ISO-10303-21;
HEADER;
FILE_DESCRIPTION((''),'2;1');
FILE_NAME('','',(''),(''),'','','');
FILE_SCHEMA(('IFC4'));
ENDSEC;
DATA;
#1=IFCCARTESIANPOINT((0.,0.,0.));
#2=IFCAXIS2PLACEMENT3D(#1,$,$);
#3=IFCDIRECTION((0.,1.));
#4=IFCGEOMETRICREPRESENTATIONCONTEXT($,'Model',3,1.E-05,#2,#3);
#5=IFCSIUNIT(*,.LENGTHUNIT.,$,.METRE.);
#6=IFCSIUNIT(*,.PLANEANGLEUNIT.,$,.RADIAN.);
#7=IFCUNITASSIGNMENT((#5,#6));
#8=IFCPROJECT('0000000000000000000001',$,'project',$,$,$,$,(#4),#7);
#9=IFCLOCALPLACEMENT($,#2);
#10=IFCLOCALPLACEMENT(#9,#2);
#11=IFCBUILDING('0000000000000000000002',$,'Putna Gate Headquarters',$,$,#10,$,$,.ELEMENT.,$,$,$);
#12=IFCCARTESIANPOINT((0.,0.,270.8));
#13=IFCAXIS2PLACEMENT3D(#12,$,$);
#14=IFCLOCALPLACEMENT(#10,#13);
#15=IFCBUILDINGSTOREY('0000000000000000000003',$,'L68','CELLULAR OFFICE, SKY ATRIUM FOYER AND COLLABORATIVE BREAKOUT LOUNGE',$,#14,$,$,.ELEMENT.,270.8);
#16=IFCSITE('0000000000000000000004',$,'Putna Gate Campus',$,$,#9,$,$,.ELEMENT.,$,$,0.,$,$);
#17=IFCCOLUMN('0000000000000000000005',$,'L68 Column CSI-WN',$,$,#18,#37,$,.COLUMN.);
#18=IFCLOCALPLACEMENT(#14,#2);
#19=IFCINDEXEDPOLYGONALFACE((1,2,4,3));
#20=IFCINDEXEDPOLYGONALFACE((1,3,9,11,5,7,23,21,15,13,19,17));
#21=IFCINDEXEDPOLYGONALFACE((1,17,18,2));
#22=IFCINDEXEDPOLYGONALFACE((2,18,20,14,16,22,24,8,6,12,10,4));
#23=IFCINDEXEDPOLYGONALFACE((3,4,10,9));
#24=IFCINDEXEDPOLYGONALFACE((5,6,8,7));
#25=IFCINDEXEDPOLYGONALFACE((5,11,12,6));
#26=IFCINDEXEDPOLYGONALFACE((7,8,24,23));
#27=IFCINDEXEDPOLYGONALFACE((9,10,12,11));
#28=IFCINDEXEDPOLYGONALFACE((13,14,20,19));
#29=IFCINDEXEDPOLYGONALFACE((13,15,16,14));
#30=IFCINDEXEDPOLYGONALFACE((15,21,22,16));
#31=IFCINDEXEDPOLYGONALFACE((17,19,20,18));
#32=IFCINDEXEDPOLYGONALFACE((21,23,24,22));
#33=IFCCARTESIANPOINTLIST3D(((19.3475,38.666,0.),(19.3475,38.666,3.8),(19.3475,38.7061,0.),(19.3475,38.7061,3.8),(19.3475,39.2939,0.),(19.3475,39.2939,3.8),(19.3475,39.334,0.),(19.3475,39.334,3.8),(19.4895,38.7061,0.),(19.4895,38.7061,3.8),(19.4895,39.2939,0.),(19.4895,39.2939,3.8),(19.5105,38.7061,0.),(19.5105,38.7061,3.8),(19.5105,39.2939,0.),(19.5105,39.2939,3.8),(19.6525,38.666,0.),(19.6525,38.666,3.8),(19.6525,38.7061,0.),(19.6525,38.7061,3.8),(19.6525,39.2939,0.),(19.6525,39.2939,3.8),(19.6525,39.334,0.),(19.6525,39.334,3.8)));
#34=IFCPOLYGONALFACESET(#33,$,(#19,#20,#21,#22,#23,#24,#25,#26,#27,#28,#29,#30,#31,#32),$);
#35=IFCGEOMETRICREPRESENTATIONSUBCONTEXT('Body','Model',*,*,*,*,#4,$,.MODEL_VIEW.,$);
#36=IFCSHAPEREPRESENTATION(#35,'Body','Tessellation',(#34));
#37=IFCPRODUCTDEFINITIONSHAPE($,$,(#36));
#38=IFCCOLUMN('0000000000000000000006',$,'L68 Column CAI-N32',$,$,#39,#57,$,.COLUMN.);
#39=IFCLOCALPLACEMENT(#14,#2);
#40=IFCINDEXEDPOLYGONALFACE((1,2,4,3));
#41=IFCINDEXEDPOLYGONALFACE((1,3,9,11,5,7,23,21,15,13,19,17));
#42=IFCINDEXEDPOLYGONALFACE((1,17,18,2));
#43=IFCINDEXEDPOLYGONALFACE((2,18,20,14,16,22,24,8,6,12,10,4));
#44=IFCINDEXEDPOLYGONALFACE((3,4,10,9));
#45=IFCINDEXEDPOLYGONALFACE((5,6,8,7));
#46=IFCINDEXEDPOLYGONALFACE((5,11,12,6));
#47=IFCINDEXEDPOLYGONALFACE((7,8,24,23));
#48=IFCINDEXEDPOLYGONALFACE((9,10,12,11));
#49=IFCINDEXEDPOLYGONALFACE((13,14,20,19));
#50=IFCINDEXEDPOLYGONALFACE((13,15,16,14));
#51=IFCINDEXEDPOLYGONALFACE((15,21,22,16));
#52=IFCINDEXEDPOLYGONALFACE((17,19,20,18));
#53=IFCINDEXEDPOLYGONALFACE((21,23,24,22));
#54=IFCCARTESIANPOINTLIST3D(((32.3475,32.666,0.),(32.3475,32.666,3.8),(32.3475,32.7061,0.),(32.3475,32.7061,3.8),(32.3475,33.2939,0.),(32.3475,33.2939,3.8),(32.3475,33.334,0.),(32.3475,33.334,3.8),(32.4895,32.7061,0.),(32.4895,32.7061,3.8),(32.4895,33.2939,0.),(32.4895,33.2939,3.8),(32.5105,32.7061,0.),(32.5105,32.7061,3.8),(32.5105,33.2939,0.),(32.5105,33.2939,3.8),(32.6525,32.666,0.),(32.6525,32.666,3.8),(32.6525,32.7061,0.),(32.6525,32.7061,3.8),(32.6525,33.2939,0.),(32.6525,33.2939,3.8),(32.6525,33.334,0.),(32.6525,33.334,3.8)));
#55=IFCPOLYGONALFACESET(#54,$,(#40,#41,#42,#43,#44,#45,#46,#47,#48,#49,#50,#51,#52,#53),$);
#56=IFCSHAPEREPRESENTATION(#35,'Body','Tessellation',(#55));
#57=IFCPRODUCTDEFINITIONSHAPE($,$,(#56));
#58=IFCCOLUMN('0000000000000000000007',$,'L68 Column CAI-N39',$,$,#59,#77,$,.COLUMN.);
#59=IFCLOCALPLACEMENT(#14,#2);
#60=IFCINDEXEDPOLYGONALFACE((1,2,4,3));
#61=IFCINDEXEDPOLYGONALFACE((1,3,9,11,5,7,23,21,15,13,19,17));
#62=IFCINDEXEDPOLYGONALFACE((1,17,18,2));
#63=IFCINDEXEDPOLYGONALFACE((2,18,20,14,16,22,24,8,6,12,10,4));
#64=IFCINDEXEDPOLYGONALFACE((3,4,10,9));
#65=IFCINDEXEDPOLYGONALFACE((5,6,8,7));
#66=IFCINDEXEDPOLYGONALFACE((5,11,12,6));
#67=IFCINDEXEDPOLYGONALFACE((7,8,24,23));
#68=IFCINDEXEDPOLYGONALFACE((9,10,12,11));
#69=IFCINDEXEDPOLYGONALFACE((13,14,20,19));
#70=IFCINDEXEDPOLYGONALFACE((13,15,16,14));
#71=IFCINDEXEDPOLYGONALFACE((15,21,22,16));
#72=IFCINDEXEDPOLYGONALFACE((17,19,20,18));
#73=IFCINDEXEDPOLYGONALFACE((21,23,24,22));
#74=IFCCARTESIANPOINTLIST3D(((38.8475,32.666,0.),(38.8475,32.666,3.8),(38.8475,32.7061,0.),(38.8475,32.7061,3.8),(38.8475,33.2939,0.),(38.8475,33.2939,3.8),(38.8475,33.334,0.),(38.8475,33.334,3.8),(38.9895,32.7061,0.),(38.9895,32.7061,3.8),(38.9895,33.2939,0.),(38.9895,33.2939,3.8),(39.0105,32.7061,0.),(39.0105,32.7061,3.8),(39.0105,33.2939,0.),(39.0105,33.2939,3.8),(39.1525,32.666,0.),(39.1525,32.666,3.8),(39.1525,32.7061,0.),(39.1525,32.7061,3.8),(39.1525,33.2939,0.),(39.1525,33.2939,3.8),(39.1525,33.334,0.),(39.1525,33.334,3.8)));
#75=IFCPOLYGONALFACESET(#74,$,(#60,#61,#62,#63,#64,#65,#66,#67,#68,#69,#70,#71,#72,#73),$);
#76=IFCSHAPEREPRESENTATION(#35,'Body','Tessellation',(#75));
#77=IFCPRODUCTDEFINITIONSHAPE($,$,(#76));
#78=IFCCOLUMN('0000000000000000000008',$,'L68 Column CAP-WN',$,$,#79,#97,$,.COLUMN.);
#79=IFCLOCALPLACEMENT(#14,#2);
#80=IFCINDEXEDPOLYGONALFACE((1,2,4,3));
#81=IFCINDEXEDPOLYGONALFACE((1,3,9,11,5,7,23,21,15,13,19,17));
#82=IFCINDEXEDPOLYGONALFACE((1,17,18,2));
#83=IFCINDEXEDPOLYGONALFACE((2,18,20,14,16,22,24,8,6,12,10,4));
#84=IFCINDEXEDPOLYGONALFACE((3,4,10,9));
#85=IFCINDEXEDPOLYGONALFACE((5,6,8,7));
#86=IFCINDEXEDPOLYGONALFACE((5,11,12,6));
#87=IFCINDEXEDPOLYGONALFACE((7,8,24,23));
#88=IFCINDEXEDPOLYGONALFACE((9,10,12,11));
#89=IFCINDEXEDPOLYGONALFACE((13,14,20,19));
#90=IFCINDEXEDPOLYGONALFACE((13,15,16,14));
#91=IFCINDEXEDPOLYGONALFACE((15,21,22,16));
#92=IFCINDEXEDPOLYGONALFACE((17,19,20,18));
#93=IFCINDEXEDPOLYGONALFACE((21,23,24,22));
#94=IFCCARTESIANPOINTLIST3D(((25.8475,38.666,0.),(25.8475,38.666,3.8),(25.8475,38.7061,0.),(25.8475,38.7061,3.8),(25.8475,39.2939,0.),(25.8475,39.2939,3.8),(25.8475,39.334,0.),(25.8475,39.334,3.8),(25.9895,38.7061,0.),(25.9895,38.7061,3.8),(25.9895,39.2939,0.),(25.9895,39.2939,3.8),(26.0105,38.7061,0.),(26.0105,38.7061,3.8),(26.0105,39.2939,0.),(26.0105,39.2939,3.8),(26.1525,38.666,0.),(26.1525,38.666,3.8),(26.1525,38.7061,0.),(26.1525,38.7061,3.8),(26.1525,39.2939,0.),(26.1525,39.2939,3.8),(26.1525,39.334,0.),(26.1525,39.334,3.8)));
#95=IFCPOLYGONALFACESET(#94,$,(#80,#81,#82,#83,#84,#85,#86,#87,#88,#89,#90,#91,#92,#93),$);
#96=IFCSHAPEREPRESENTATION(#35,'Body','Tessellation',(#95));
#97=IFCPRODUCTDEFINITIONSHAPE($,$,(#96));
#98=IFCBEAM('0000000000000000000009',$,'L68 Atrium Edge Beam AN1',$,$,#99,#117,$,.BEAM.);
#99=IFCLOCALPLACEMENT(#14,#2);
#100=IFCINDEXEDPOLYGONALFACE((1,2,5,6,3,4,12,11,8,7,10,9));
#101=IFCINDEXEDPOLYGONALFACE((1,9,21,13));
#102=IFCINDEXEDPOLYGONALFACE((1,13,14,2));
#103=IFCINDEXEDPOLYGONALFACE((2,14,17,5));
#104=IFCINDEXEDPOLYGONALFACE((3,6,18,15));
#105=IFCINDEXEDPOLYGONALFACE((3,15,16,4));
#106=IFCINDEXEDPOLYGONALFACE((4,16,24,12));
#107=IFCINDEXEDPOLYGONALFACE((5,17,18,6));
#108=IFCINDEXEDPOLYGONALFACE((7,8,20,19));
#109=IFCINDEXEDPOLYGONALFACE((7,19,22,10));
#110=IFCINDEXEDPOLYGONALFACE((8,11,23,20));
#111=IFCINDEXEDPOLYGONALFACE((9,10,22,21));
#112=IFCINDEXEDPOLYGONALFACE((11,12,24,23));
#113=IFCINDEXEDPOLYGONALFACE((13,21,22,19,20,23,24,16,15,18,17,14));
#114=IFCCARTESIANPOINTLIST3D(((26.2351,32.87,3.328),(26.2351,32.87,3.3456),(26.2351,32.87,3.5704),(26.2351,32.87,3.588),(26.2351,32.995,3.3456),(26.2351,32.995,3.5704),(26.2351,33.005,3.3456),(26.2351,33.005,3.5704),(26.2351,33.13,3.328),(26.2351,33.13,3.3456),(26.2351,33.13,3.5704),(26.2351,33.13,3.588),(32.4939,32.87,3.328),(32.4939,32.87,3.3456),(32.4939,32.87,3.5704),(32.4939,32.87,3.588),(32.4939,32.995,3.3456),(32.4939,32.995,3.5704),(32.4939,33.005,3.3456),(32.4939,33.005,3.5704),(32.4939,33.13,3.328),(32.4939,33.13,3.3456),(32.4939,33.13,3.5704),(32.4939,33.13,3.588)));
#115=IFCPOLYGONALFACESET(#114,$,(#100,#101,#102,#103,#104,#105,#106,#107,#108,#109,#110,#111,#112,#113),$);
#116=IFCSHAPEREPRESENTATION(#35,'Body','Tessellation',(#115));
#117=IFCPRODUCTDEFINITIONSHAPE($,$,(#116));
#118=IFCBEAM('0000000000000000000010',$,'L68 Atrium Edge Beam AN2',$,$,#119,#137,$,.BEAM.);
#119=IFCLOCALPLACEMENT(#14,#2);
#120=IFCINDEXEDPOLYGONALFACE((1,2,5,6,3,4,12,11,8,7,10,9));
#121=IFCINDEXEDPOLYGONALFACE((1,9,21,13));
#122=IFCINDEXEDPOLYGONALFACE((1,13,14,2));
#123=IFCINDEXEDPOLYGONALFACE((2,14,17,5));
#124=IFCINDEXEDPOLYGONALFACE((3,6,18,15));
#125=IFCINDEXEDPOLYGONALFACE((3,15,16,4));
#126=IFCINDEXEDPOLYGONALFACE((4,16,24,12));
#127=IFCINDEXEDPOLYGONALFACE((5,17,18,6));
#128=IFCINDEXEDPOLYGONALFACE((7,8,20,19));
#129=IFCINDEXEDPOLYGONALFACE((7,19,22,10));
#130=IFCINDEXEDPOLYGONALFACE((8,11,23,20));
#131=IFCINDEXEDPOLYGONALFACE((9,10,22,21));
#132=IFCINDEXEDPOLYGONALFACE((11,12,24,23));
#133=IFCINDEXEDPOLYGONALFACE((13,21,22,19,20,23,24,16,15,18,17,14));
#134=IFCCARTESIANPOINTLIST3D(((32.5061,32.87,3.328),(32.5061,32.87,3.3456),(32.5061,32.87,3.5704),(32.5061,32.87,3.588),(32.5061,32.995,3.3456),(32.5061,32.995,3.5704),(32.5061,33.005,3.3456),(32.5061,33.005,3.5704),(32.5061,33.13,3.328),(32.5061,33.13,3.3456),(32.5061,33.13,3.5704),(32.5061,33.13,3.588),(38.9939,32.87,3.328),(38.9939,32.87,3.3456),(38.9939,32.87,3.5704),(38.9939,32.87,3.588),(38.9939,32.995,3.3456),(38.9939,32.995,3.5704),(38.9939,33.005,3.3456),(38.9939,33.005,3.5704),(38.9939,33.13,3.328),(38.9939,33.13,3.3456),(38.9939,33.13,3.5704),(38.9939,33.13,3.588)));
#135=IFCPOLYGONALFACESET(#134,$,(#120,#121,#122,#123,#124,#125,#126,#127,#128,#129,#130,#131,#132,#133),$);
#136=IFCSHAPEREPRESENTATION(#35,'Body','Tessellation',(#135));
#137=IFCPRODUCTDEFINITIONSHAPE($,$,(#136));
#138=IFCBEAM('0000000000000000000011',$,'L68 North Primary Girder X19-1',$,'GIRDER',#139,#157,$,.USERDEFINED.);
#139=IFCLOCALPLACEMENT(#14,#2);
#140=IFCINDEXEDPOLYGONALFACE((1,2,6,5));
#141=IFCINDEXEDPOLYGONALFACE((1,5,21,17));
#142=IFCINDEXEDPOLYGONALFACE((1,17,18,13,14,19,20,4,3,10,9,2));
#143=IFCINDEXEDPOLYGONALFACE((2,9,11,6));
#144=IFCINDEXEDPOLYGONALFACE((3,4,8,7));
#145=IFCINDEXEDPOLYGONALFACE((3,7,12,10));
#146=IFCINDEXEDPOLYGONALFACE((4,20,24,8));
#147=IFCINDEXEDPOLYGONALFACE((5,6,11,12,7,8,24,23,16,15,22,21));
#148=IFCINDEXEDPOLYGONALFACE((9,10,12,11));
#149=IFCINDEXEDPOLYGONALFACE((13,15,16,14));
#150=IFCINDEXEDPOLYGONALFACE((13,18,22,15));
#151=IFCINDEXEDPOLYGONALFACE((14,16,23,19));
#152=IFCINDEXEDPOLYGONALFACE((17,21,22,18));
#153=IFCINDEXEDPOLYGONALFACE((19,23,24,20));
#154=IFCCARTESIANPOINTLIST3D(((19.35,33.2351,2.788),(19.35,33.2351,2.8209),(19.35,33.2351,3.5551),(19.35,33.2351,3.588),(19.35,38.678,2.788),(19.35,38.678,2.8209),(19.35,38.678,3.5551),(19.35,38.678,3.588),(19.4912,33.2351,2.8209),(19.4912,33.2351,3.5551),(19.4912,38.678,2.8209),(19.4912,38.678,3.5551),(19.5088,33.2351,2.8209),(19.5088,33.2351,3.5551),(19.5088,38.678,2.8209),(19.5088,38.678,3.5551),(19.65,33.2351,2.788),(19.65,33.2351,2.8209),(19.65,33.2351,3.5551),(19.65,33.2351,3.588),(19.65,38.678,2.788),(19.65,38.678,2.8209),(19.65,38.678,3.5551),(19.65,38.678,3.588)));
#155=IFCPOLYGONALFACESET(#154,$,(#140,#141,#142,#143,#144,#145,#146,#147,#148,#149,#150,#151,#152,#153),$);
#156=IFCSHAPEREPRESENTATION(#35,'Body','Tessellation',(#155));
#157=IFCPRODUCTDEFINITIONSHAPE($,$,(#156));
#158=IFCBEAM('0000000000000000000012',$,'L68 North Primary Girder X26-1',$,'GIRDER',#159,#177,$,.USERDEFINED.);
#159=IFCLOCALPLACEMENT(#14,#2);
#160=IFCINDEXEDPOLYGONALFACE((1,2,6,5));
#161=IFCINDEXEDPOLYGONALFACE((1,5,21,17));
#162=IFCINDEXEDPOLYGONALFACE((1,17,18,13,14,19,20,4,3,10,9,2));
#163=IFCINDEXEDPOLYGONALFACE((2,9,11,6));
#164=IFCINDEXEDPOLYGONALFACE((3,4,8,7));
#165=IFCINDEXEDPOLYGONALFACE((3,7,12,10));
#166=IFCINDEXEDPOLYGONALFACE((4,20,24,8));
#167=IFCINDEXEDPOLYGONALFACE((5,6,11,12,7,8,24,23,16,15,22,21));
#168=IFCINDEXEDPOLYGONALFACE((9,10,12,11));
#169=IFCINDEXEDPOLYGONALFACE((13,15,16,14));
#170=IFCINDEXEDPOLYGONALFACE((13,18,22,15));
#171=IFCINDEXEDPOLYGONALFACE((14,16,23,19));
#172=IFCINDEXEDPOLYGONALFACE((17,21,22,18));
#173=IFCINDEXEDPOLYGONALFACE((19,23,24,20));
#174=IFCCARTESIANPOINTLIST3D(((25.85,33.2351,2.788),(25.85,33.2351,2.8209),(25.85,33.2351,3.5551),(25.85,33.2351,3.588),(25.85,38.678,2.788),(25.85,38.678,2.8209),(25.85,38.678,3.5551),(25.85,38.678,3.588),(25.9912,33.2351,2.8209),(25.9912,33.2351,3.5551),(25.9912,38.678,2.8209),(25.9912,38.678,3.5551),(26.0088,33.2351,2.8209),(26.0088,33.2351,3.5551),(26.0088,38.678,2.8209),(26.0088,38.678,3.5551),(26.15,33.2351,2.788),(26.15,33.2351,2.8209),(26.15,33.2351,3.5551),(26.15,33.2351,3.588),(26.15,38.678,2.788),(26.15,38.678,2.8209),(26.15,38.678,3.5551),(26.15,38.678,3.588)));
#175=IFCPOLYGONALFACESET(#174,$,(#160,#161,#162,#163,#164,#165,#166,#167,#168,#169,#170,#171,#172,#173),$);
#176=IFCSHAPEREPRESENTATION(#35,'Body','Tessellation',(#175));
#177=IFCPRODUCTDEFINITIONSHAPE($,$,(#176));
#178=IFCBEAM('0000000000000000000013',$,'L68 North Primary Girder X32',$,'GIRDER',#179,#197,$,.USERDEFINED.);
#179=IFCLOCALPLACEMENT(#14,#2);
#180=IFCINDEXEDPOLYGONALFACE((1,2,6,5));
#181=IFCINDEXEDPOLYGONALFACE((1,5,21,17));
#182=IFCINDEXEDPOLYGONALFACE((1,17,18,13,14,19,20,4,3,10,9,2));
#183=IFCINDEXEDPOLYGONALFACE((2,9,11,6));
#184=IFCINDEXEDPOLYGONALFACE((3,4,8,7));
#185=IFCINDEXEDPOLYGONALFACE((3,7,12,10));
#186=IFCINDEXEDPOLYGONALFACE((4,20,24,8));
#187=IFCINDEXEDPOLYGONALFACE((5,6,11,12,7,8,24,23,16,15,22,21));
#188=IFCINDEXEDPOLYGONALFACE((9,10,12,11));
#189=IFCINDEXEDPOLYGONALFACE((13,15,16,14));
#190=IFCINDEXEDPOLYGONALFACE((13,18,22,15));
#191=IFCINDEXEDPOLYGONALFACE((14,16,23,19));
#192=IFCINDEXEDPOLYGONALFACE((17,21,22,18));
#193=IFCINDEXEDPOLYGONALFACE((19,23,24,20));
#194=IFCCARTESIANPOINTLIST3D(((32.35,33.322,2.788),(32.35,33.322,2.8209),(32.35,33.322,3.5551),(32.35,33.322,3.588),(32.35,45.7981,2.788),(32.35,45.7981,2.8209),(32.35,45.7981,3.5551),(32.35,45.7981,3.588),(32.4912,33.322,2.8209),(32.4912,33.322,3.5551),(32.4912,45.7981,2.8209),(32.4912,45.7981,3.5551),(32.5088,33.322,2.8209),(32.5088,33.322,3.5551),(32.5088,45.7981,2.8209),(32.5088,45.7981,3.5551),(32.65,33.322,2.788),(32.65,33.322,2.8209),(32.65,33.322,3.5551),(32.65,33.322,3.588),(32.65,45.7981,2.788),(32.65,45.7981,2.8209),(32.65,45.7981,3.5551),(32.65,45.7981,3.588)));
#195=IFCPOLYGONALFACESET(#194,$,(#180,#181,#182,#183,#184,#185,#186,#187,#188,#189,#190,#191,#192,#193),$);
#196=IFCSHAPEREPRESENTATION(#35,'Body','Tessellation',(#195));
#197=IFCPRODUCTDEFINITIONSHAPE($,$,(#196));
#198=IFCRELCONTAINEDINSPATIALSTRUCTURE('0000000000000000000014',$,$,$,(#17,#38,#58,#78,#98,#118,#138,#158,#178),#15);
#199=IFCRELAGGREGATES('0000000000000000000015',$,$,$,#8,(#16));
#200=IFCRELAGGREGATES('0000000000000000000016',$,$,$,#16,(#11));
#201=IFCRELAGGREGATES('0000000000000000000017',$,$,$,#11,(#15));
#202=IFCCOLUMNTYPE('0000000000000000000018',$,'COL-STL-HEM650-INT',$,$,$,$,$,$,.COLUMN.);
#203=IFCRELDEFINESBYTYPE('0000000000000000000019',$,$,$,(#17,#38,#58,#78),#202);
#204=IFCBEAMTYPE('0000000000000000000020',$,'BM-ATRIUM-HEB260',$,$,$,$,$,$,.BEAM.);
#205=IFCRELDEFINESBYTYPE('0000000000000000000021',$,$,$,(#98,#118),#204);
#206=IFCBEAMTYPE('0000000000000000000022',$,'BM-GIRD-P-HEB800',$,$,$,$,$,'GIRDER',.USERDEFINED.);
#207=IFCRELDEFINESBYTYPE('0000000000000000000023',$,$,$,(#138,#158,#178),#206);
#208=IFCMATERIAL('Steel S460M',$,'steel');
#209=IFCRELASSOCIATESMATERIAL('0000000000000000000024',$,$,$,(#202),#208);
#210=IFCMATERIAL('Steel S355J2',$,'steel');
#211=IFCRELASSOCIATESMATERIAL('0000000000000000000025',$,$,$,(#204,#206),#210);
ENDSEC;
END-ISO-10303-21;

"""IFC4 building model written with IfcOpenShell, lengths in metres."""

from ifc_helpers import new_model, si_unit, direction, frame, origin, origin_2d, place, context, subcontext, project, spatial, i_section, extrude, material, material_profile, profile_set, type_object, element, save


model = new_model("IFC4")

# Units and contexts
model_context = context("Model", 3, precision=1e-05, world=origin(), true_north=direction((0.0, 1.0)))
body_context = subcontext(model_context, "Body", "Model", "MODEL_VIEW")
ifc_project = project(units=[si_unit("LENGTHUNIT", "METRE"), si_unit("PLANEANGLEUNIT", "RADIAN")], contexts=[model_context])

# Site, building, storey
site_placement = place(None, origin())
site = spatial("IfcSite", under=ifc_project, at=site_placement, Name="Putna Gate Campus", CompositionType="ELEMENT", RefElevation=0.0)
building_placement = place(site_placement, origin())
building = spatial("IfcBuilding", under=site, at=building_placement, Name="Putna Gate Headquarters", CompositionType="ELEMENT")
storey_placement = place(building_placement, frame((0.0, 0.0, 270.8)))
storey = spatial("IfcBuildingStorey", under=building, at=storey_placement, Name="L68", Description="CELLULAR OFFICE, SKY ATRIUM FOYER AND COLLABORATIVE BREAKOUT LOUNGE", CompositionType="ELEMENT", Elevation=270.8)

# Columns
ifc_material_1 = material(Name="Steel S460M", Category="steel")
ifc_material_profile_1 = material_profile(ifc_material_1, i_section(OverallWidth=0.3049, OverallDepth=0.668, WebThickness=0.021, FlangeThickness=0.04, at=origin_2d()), Name="Steel S460M")
ifc_profile_set_1 = profile_set([ifc_material_profile_1], Name="Steel S460M")
column_type = type_object("IfcColumnType", Name="COL-STL-HEM650-INT", PredefinedType="COLUMN", material=ifc_profile_set_1)
for number, where, z_axis, x_axis, name in (
    (1, (19.5, 39.0, 0.0), (0.0, 0.0, 1.0), (1.0, 0.0, 0.0), "L68 Column CSI-WN"),
    (2, (32.5, 33.0, 0.0), (0.0, 0.0, 1.0), (1.0, 0.0, 0.0), "L68 Column CAI-N32"),
    (3, (39.0, 33.0, 0.0), (0.0, 0.0, 1.0), (1.0, 0.0, 0.0), "L68 Column CAI-N39"),
    (4, (26.0, 39.0, 0.0), (0.0, 0.0, 1.0), (1.0, 0.0, 0.0), "L68 Column CAP-WN"),
):
    element("IfcColumn", number, at=place(storey_placement, frame(where, z_axis=z_axis, x_axis=x_axis)), inside=storey, type_object=column_type, Name=name, PredefinedType="COLUMN", context=body_context, shape_type="SweptSolid", body=[
        extrude(i_section(OverallWidth=0.3049, OverallDepth=0.668, WebThickness=0.021, FlangeThickness=0.04, at=origin_2d()), origin(), (0.0, 0.0, 1.0), 3.8),
    ])

# Beams
ifc_material_2 = material(Name="Steel S355J2", Category="steel")
ifc_material_profile_2 = material_profile(ifc_material_2, i_section(OverallWidth=0.26, OverallDepth=0.26, WebThickness=0.01, FlangeThickness=0.0176, at=origin_2d()), Name="Steel S355J2")
ifc_profile_set_2 = profile_set([ifc_material_profile_2], Name="Steel S355J2")
beam_type_1 = type_object("IfcBeamType", Name="BM-ATRIUM-HEB260", PredefinedType="BEAM", material=ifc_profile_set_2)
beam_1_placement = place(storey_placement, frame((26.2351, 33.0, 3.458), z_axis=(1.0, 0.0, 0.0), x_axis=(0.0, 1.0, 0.0)))
element("IfcBeam", 5, at=beam_1_placement, inside=storey, type_object=beam_type_1, Name="L68 Atrium Edge Beam AN1", PredefinedType="BEAM", context=body_context, shape_type="SweptSolid", body=[
    extrude(i_section(OverallWidth=0.26, OverallDepth=0.26, WebThickness=0.01, FlangeThickness=0.0176, at=origin_2d()), origin(), (0.0, 0.0, 1.0), 6.2588),
])
beam_2_placement = place(storey_placement, frame((32.5061, 33.0, 3.458), z_axis=(1.0, 0.0, 0.0), x_axis=(0.0, 1.0, 0.0)))
element("IfcBeam", 6, at=beam_2_placement, inside=storey, type_object=beam_type_1, Name="L68 Atrium Edge Beam AN2", PredefinedType="BEAM", context=body_context, shape_type="SweptSolid", body=[
    extrude(i_section(OverallWidth=0.26, OverallDepth=0.26, WebThickness=0.01, FlangeThickness=0.0176, at=origin_2d()), origin(), (0.0, 0.0, 1.0), 6.4878),
])
ifc_material_profile_3 = material_profile(ifc_material_2, i_section(OverallWidth=0.3, OverallDepth=0.8, WebThickness=0.0176, FlangeThickness=0.033, at=origin_2d()), Name="Steel S355J2")
ifc_profile_set_3 = profile_set([ifc_material_profile_3], Name="Steel S355J2")
beam_type_2 = type_object("IfcBeamType", Name="BM-GIRD-P-HEB800", ElementType="GIRDER", PredefinedType="USERDEFINED", material=ifc_profile_set_3)
for number, where, z_axis, x_axis, name in (
    (7, (19.5, 33.2351, 3.188), (0.0, 1.0, 0.0), (-1.0, 0.0, 0.0), "L68 North Primary Girder X19-1"),
    (8, (26.0, 33.2351, 3.188), (0.0, 1.0, 0.0), (-1.0, 0.0, 0.0), "L68 North Primary Girder X26-1"),
):
    element("IfcBeam", number, at=place(storey_placement, frame(where, z_axis=z_axis, x_axis=x_axis)), inside=storey, type_object=beam_type_2, Name=name, ObjectType="GIRDER", PredefinedType="USERDEFINED", context=body_context, shape_type="SweptSolid", body=[
        extrude(i_section(OverallWidth=0.3, OverallDepth=0.8, WebThickness=0.0176, FlangeThickness=0.033, at=origin_2d()), origin(), (0.0, 0.0, 1.0), 5.4429),
    ])
for number, where, z_axis, x_axis, name in (
    (9, (32.5, 33.322, 3.188), (0.0, 1.0, 0.0), (-1.0, 0.0, 0.0), "L68 North Primary Girder X32"),
):
    element("IfcBeam", number, at=place(storey_placement, frame(where, z_axis=z_axis, x_axis=x_axis)), inside=storey, type_object=beam_type_2, Name=name, ObjectType="GIRDER", PredefinedType="USERDEFINED", context=body_context, shape_type="SweptSolid", body=[
        extrude(i_section(OverallWidth=0.3, OverallDepth=0.8, WebThickness=0.0176, FlangeThickness=0.033, at=origin_2d()), origin(), (0.0, 0.0, 1.0), 12.4761),
    ])

save(model, "model.ifc")
